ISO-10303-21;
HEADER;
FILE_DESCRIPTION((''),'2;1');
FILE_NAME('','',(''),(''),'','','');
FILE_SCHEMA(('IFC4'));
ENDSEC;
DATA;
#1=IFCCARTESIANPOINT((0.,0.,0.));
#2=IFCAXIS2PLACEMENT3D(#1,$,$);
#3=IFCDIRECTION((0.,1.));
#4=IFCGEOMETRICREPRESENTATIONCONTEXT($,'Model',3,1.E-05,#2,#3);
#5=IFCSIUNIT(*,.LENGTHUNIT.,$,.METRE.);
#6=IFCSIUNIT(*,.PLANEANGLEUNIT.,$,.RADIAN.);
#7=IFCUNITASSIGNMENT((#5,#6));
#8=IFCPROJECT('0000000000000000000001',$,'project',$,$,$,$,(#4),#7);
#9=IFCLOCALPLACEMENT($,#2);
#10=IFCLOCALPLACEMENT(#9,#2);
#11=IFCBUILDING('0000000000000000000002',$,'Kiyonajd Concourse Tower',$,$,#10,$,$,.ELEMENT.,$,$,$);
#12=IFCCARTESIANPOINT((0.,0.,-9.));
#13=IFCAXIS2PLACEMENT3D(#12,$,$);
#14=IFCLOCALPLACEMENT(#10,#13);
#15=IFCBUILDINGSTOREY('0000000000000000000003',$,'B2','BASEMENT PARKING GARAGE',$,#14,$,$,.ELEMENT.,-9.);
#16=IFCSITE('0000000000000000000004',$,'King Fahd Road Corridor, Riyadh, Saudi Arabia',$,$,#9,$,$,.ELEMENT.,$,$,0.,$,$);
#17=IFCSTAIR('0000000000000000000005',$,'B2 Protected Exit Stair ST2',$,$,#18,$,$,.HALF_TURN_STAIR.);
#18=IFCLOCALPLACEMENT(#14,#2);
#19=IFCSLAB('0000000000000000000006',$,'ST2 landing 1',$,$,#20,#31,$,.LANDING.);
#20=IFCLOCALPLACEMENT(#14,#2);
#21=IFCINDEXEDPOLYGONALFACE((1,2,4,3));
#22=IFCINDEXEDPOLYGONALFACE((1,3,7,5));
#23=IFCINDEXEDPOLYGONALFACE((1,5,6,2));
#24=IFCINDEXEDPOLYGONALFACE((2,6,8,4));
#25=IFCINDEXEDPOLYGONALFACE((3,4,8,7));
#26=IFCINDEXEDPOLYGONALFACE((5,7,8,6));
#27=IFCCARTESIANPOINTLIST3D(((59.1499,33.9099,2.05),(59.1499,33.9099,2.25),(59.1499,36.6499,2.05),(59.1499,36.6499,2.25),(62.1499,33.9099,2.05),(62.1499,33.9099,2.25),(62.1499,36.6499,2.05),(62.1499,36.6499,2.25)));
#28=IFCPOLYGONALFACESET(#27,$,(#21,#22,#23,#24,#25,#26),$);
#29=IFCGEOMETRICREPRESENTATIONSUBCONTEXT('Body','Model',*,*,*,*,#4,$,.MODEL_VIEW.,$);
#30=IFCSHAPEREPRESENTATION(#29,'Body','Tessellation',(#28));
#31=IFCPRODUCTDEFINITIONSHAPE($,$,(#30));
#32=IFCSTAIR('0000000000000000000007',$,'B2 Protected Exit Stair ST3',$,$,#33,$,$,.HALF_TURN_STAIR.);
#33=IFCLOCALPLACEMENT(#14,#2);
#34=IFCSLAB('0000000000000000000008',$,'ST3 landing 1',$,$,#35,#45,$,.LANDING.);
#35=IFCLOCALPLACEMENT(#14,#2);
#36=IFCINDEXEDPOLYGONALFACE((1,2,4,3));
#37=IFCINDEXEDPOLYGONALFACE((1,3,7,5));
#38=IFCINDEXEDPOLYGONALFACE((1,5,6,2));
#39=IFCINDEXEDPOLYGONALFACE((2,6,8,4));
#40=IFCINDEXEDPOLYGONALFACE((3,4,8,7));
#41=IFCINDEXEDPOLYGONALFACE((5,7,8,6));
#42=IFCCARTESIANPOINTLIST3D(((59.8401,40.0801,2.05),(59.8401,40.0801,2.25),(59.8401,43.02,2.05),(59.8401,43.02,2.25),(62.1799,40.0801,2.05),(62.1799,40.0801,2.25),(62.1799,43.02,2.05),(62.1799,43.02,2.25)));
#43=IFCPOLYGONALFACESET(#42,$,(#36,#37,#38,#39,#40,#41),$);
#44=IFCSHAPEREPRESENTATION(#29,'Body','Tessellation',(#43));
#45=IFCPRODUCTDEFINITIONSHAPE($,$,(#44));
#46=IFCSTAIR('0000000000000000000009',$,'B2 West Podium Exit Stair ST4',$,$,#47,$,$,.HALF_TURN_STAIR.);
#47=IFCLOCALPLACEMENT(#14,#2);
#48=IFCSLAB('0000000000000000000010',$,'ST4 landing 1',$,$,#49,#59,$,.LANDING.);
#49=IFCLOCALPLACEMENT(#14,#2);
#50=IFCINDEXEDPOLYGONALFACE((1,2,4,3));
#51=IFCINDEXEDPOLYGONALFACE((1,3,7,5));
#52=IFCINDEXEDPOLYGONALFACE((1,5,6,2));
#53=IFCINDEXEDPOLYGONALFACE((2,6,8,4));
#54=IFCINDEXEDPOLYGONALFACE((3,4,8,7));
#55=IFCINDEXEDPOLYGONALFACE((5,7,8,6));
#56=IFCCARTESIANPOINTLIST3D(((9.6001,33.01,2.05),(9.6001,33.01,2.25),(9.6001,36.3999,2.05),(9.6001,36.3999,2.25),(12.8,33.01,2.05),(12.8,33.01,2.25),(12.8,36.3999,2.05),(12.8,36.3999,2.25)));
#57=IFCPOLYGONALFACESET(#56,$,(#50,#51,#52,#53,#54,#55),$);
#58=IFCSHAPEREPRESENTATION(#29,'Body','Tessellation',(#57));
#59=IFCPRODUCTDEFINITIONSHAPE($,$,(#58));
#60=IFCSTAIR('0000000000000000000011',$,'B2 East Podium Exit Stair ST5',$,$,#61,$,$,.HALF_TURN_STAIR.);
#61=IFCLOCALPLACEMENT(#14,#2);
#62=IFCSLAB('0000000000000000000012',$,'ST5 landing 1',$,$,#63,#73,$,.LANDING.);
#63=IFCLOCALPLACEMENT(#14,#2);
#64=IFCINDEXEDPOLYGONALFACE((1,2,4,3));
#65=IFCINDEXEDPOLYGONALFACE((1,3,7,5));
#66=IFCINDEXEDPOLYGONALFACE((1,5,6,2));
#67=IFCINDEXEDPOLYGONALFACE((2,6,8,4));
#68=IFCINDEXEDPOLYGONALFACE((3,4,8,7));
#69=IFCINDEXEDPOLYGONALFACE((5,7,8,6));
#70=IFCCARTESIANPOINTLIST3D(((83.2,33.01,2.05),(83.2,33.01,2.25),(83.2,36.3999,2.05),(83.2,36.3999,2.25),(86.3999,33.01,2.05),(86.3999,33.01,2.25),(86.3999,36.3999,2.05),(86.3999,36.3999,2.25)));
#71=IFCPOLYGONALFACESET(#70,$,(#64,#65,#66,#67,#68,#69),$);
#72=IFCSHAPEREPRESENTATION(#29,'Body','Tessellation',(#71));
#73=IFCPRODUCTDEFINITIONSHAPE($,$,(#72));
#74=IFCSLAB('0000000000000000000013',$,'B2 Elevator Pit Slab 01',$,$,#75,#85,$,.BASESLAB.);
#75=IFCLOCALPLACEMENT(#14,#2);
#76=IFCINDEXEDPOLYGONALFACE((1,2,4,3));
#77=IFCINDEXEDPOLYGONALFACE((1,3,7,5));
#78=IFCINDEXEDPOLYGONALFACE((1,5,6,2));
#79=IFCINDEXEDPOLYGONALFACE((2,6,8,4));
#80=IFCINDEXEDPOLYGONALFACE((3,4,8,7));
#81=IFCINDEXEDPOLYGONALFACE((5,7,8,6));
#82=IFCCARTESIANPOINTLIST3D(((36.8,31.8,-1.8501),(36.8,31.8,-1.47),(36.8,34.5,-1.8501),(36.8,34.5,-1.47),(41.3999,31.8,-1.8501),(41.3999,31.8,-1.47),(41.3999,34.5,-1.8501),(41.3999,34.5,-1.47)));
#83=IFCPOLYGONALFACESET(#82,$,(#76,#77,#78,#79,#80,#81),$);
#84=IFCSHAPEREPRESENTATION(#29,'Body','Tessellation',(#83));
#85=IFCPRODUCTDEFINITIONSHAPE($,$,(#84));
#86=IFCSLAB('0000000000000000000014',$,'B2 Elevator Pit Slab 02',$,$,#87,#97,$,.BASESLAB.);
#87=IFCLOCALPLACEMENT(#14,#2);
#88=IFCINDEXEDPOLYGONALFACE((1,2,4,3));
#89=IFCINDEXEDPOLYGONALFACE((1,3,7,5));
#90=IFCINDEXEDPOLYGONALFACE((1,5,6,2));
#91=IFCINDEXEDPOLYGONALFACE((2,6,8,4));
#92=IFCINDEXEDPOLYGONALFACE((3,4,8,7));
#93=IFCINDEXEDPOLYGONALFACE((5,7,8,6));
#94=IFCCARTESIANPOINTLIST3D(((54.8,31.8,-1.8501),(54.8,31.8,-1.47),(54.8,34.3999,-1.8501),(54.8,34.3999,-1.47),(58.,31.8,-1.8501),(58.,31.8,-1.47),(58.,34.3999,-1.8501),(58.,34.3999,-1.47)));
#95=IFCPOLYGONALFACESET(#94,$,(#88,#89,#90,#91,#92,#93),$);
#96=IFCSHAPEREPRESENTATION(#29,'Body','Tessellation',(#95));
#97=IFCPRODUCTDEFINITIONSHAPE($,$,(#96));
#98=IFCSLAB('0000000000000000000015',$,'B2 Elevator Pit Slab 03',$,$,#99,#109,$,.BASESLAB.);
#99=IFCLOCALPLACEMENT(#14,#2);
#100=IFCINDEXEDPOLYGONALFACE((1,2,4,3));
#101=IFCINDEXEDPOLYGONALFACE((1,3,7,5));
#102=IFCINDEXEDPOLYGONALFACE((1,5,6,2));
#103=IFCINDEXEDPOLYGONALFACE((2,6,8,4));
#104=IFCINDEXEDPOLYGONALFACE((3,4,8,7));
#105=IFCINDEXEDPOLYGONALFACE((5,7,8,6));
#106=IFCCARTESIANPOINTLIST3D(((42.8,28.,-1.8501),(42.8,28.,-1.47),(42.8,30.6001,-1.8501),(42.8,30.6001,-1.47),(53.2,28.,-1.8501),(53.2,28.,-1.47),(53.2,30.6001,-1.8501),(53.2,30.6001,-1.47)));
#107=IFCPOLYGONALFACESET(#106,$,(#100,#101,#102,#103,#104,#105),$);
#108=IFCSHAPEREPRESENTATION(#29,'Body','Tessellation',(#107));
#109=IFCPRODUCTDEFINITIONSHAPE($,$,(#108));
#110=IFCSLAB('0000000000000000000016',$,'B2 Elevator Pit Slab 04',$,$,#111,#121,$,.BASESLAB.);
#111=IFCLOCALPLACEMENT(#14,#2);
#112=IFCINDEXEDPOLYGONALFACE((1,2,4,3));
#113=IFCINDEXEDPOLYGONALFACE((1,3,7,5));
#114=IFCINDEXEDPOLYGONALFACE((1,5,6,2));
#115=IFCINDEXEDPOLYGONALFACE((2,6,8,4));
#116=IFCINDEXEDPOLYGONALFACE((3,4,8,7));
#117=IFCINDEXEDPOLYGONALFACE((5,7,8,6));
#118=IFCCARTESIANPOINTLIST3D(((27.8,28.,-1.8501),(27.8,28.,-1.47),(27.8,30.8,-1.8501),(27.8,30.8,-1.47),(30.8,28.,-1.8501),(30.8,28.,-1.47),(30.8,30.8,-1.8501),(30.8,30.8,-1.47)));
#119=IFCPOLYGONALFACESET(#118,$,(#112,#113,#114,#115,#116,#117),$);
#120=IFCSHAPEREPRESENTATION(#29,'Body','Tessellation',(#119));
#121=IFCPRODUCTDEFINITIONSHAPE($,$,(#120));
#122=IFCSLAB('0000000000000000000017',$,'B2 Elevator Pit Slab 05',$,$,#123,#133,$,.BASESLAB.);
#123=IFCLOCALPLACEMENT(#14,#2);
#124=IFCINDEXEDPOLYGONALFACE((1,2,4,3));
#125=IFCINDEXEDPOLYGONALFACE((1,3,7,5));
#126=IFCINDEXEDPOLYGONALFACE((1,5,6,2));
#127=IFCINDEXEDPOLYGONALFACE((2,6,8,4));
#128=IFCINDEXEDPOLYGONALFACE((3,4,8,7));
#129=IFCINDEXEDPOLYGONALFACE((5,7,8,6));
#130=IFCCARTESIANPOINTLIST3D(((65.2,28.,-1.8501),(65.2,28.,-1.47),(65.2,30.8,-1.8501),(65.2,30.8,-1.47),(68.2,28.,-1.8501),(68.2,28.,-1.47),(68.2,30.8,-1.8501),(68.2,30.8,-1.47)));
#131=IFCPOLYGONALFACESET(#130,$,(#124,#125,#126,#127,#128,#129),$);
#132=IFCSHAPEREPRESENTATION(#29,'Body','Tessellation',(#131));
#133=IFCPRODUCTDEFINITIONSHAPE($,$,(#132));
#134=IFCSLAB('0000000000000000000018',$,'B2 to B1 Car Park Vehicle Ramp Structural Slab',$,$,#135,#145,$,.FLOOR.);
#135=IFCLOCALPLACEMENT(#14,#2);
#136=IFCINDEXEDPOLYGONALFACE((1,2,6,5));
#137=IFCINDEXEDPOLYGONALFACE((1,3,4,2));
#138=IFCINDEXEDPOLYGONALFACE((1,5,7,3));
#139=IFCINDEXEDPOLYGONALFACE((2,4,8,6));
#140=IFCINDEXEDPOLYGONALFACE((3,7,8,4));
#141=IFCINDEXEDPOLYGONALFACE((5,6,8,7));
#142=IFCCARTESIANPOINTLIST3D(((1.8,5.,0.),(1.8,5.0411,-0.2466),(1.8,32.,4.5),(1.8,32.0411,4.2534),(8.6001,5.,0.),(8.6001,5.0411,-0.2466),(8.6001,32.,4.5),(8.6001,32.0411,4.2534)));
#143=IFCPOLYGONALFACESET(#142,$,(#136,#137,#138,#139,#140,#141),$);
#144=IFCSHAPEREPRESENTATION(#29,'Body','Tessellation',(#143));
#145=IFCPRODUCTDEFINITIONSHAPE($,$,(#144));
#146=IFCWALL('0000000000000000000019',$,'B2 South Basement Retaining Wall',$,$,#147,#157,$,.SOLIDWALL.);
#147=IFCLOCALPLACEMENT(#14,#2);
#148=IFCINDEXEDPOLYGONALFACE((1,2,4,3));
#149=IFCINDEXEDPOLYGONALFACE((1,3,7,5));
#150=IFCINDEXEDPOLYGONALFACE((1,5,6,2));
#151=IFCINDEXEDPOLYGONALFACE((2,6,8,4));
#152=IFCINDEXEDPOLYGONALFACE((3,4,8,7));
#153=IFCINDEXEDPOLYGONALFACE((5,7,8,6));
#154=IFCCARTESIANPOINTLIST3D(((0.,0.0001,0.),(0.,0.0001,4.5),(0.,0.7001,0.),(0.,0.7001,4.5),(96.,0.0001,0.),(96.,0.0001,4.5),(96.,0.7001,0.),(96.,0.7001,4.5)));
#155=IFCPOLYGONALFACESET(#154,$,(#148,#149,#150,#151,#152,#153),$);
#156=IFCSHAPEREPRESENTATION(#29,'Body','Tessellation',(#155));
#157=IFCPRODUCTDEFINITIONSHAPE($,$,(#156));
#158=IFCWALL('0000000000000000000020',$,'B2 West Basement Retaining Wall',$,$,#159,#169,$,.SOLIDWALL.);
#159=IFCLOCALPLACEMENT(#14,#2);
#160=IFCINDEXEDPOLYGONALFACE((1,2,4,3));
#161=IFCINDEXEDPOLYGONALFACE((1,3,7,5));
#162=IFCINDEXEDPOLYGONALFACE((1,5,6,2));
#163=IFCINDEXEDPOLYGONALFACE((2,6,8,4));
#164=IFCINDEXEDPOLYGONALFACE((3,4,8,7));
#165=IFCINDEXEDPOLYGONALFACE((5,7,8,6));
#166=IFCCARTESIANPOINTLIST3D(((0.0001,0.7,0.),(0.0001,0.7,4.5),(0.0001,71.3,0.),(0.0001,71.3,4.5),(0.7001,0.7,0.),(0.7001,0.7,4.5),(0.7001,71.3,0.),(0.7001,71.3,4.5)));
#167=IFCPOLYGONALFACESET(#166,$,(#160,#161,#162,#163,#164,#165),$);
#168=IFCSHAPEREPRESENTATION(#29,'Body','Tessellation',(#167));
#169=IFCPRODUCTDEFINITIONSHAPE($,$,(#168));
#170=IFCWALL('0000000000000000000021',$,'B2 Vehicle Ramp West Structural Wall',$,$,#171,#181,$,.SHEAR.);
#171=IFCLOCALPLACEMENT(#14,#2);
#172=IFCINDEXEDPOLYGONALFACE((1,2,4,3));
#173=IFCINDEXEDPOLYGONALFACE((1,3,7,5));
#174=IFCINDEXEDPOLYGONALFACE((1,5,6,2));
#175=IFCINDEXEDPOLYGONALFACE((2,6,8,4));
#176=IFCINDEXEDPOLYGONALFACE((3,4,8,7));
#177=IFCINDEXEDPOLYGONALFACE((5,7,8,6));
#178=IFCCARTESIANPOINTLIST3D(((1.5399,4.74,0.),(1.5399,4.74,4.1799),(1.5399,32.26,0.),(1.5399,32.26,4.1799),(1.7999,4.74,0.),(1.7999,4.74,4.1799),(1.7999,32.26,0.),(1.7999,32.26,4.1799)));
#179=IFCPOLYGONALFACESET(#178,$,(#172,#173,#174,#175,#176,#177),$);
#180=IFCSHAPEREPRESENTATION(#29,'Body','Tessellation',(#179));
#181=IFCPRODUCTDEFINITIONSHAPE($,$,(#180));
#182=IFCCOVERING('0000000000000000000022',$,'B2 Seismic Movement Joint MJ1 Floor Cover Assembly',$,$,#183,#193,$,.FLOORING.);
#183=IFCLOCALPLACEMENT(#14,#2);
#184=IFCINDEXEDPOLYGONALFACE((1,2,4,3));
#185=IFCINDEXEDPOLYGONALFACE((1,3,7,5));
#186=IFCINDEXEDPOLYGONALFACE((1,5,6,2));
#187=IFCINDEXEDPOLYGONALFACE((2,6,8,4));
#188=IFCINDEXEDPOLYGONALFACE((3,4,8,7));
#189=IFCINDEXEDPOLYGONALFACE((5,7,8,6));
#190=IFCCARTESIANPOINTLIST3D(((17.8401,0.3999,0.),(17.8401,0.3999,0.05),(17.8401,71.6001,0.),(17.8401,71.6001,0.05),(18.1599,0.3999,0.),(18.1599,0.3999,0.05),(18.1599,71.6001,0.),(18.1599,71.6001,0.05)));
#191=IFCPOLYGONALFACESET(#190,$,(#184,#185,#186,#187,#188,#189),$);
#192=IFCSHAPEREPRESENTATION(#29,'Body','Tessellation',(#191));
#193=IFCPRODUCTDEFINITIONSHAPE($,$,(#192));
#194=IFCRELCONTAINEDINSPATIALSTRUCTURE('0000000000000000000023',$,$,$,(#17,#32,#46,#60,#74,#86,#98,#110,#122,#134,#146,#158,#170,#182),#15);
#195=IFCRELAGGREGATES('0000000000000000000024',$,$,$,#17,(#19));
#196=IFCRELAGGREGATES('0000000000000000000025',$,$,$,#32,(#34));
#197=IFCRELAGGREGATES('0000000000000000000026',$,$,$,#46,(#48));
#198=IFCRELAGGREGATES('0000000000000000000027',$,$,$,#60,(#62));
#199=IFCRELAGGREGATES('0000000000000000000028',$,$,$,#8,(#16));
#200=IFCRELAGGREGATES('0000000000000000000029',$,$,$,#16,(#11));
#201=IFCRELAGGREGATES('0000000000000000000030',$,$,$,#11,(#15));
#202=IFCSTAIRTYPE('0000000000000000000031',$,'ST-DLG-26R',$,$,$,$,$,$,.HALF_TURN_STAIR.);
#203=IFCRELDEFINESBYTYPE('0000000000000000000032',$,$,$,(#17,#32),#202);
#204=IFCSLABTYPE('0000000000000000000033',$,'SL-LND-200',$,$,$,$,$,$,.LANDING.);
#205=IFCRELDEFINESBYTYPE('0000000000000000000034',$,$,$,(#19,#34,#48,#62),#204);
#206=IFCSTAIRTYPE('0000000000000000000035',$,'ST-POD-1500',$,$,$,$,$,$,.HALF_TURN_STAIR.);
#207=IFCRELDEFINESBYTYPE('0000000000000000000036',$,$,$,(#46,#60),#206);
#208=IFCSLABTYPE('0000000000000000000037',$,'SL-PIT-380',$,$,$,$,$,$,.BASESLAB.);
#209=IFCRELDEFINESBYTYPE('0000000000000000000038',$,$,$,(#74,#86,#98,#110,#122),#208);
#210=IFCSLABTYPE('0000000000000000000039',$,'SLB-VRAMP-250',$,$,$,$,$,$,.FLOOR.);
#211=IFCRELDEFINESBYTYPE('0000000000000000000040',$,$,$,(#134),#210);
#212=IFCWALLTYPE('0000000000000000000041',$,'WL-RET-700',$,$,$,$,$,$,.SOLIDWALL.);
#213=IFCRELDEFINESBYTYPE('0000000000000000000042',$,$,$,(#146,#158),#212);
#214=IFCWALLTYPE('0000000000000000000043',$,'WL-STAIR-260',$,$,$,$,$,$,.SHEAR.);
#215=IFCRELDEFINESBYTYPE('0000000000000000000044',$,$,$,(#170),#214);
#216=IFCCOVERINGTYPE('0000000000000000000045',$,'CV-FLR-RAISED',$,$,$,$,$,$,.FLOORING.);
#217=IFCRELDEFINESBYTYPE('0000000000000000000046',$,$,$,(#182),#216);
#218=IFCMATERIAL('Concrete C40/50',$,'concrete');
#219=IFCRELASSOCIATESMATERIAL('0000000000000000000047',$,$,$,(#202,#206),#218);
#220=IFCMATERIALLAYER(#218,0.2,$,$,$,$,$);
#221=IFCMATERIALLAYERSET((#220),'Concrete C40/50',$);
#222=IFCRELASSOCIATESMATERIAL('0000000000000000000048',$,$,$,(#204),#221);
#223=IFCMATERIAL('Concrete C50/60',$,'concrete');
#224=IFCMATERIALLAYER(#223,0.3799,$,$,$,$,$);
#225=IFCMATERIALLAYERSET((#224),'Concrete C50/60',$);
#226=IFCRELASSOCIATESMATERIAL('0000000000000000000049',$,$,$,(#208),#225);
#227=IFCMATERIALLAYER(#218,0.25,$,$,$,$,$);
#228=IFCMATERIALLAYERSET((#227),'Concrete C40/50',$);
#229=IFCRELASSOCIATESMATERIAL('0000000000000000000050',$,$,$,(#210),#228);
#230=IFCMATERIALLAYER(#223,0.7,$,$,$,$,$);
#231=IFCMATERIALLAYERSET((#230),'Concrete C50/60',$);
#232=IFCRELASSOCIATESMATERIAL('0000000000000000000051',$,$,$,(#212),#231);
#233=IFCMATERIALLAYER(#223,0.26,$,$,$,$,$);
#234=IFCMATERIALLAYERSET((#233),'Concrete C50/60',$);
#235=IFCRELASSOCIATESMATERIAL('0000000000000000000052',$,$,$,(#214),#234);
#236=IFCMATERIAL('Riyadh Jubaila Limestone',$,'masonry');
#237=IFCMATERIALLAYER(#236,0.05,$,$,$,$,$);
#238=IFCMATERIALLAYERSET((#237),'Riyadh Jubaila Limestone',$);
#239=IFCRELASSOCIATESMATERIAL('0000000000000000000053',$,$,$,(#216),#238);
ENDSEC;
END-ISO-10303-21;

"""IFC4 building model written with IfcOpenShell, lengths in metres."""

from ifc_helpers import new_model, si_unit, direction, frame, frame_2d, origin, place, context, subcontext, project, spatial, polyline, rectangle, outline, extrude, material, layer, layer_set, type_object, element, aggregate, save


model = new_model("IFC4")

# Units and contexts
model_context = context("Model", 3, precision=1e-05, world=origin(), true_north=direction((0.0, 1.0)))
body_context = subcontext(model_context, "Body", "Model", "MODEL_VIEW")
ifc_project = project(units=[si_unit("LENGTHUNIT", "METRE"), si_unit("PLANEANGLEUNIT", "RADIAN")], contexts=[model_context])

# Site, building, storey
site_placement = place(None, origin())
site = spatial("IfcSite", under=ifc_project, at=site_placement, Name="King Fahd Road Corridor, Riyadh, Saudi Arabia", CompositionType="ELEMENT", RefElevation=0.0)
building_placement = place(site_placement, origin())
building = spatial("IfcBuilding", under=site, at=building_placement, Name="Kiyonajd Concourse Tower", CompositionType="ELEMENT")
storey_placement = place(building_placement, frame((0.0, 0.0, -9.0)))
storey = spatial("IfcBuildingStorey", under=building, at=storey_placement, Name="B2", Description="BASEMENT PARKING GARAGE", CompositionType="ELEMENT", Elevation=-9.0)

# Shared definitions
ifc_material_1 = material(Name="Concrete C50/60", Category="concrete")

# Stairs, slabs
ifc_material_2 = material(Name="Concrete C40/50", Category="concrete")
stair_type_1 = type_object("IfcStairType", Name="ST-DLG-26R", PredefinedType="HALF_TURN_STAIR", material=ifc_material_2)
ifc_layer_1 = layer(ifc_material_2, 0.2)
ifc_layer_set_1 = layer_set([ifc_layer_1], Name="Concrete C40/50")
slab_type_1 = type_object("IfcSlabType", Name="SL-LND-200", PredefinedType="LANDING", material=ifc_layer_set_1)
stair_1_placement = place(storey_placement, origin())
stair_1 = element("IfcStair", 1, at=stair_1_placement, inside=storey, type_object=stair_type_1, Name="B2 Protected Exit Stair ST2", PredefinedType="HALF_TURN_STAIR")
slab_1_placement = place(storey_placement, frame((0.0, 0.0, 2.05)))
slab_1 = element("IfcSlab", 2, at=slab_1_placement, type_object=slab_type_1, Name="ST2 landing 1", PredefinedType="LANDING", context=body_context, shape_type="SweptSolid", body=[
    extrude(outline(polyline([(62.1499, 33.9099), (62.1499, 36.6499), (59.1499, 36.6499), (59.1499, 33.9099), (62.1499, 33.9099)])), origin(), (0.0, 0.0, 1.0), 0.2),
])
aggregate(stair_1, [slab_1])
stair_2_placement = place(storey_placement, origin())
stair_2 = element("IfcStair", 3, at=stair_2_placement, inside=storey, type_object=stair_type_1, Name="B2 Protected Exit Stair ST3", PredefinedType="HALF_TURN_STAIR")
slab_2_placement = place(storey_placement, frame((0.0, 0.0, 2.05)))
slab_2 = element("IfcSlab", 4, at=slab_2_placement, type_object=slab_type_1, Name="ST3 landing 1", PredefinedType="LANDING", context=body_context, shape_type="SweptSolid", body=[
    extrude(outline(polyline([(59.8401, 40.0801), (62.1799, 40.0801), (62.1799, 43.02), (59.8401, 43.02), (59.8401, 40.0801)])), origin(), (0.0, 0.0, 1.0), 0.2),
])
aggregate(stair_2, [slab_2])
stair_type_2 = type_object("IfcStairType", Name="ST-POD-1500", PredefinedType="HALF_TURN_STAIR", material=ifc_material_2)
stair_3_placement = place(storey_placement, origin())
stair_3 = element("IfcStair", 5, at=stair_3_placement, inside=storey, type_object=stair_type_2, Name="B2 West Podium Exit Stair ST4", PredefinedType="HALF_TURN_STAIR")
slab_3_placement = place(storey_placement, frame((0.0, 0.0, 2.05)))
slab_3 = element("IfcSlab", 6, at=slab_3_placement, type_object=slab_type_1, Name="ST4 landing 1", PredefinedType="LANDING", context=body_context, shape_type="SweptSolid", body=[
    extrude(outline(polyline([(12.8, 33.01), (12.8, 36.3999), (9.6001, 36.3999), (9.6001, 33.01), (12.8, 33.01)])), origin(), (0.0, 0.0, 1.0), 0.2),
])
aggregate(stair_3, [slab_3])
stair_4_placement = place(storey_placement, origin())
stair_4 = element("IfcStair", 7, at=stair_4_placement, inside=storey, type_object=stair_type_2, Name="B2 East Podium Exit Stair ST5", PredefinedType="HALF_TURN_STAIR")
slab_4_placement = place(storey_placement, frame((0.0, 0.0, 2.05)))
slab_4 = element("IfcSlab", 8, at=slab_4_placement, type_object=slab_type_1, Name="ST5 landing 1", PredefinedType="LANDING", context=body_context, shape_type="SweptSolid", body=[
    extrude(outline(polyline([(86.3999, 33.01), (86.3999, 36.3999), (83.2, 36.3999), (83.2, 33.01), (86.3999, 33.01)])), origin(), (0.0, 0.0, 1.0), 0.2),
])
aggregate(stair_4, [slab_4])

# Slabs
ifc_layer_2 = layer(ifc_material_1, 0.3799)
ifc_layer_set_2 = layer_set([ifc_layer_2], Name="Concrete C50/60")
slab_type_2 = type_object("IfcSlabType", Name="SL-PIT-380", PredefinedType="BASESLAB", material=ifc_layer_set_2)
slab_5_placement = place(storey_placement, frame((0.0, 0.0, -1.8501)))
element("IfcSlab", 9, at=slab_5_placement, inside=storey, type_object=slab_type_2, Name="B2 Elevator Pit Slab 01", PredefinedType="BASESLAB", context=body_context, shape_type="SweptSolid", body=[
    extrude(outline(polyline([(36.8, 31.8), (41.3999, 31.8), (41.3999, 34.5), (36.8, 34.5), (36.8, 31.8)])), origin(), (0.0, 0.0, 1.0), 0.3801),
])
slab_6_placement = place(storey_placement, frame((0.0, 0.0, -1.8501)))
element("IfcSlab", 10, at=slab_6_placement, inside=storey, type_object=slab_type_2, Name="B2 Elevator Pit Slab 02", PredefinedType="BASESLAB", context=body_context, shape_type="SweptSolid", body=[
    extrude(outline(polyline([(54.8, 31.8), (58.0, 31.8), (58.0, 34.3999), (54.8, 34.3999), (54.8, 31.8)])), origin(), (0.0, 0.0, 1.0), 0.3801),
])
slab_7_placement = place(storey_placement, frame((0.0, 0.0, -1.8501)))
element("IfcSlab", 11, at=slab_7_placement, inside=storey, type_object=slab_type_2, Name="B2 Elevator Pit Slab 03", PredefinedType="BASESLAB", context=body_context, shape_type="SweptSolid", body=[
    extrude(outline(polyline([(42.8, 28.0), (53.2, 28.0), (53.2, 30.6001), (42.8, 30.6001), (42.8, 28.0)])), origin(), (0.0, 0.0, 1.0), 0.3801),
])
slab_8_placement = place(storey_placement, frame((0.0, 0.0, -1.8501)))
element("IfcSlab", 12, at=slab_8_placement, inside=storey, type_object=slab_type_2, Name="B2 Elevator Pit Slab 04", PredefinedType="BASESLAB", context=body_context, shape_type="SweptSolid", body=[
    extrude(outline(polyline([(27.8, 28.0), (30.8, 28.0), (30.8, 30.8), (27.8, 30.8), (27.8, 28.0)])), origin(), (0.0, 0.0, 1.0), 0.3801),
])
slab_9_placement = place(storey_placement, frame((0.0, 0.0, -1.8501)))
element("IfcSlab", 13, at=slab_9_placement, inside=storey, type_object=slab_type_2, Name="B2 Elevator Pit Slab 05", PredefinedType="BASESLAB", context=body_context, shape_type="SweptSolid", body=[
    extrude(outline(polyline([(65.2, 28.0), (68.2, 28.0), (68.2, 30.8), (65.2, 30.8), (65.2, 28.0)])), origin(), (0.0, 0.0, 1.0), 0.3801),
])
ifc_layer_3 = layer(ifc_material_2, 0.25)
ifc_layer_set_3 = layer_set([ifc_layer_3], Name="Concrete C40/50")
slab_type_3 = type_object("IfcSlabType", Name="SLB-VRAMP-250", PredefinedType="FLOOR", material=ifc_layer_set_3)
slab_10_placement = place(storey_placement, frame((1.8, 5.0, 0.0), z_axis=(0.0, -0.164399, 0.986394), x_axis=(1.0, 0.0, 0.0)))
element("IfcSlab", 14, at=slab_10_placement, inside=storey, type_object=slab_type_3, Name="B2 to B1 Car Park Vehicle Ramp Structural Slab", PredefinedType="FLOOR", context=body_context, shape_type="SweptSolid", body=[
    extrude(outline(polyline([(0.0, 0.0), (6.8, 0.0), (6.8, 27.3724), (0.0, 27.3724), (0.0, 0.0)])), origin(), (0.0, 0.0, -1.0), 0.25),
])

# Walls
ifc_layer_4 = layer(ifc_material_1, 0.7)
ifc_layer_set_4 = layer_set([ifc_layer_4], Name="Concrete C50/60")
wall_type_1 = type_object("IfcWallType", Name="WL-RET-700", PredefinedType="SOLIDWALL", material=ifc_layer_set_4)
wall_1_placement = place(storey_placement, frame((0.0, 0.3501, 0.0), z_axis=(0.0, 0.0, 1.0), x_axis=(1.0, 0.0, 0.0)))
element("IfcWall", 15, at=wall_1_placement, inside=storey, type_object=wall_type_1, Name="B2 South Basement Retaining Wall", PredefinedType="SOLIDWALL", context=body_context, shape_type="SweptSolid", body=[
    extrude(rectangle(XDim=96.0, YDim=0.7, at=frame_2d((48.0, 0.0))), origin(), (0.0, 0.0, 1.0), 4.5),
])
wall_2_placement = place(storey_placement, frame((0.3501, 0.7, 0.0), z_axis=(0.0, 0.0, 1.0), x_axis=(0.0, 1.0, 0.0)))
element("IfcWall", 16, at=wall_2_placement, inside=storey, type_object=wall_type_1, Name="B2 West Basement Retaining Wall", PredefinedType="SOLIDWALL", context=body_context, shape_type="SweptSolid", body=[
    extrude(rectangle(XDim=70.6001, YDim=0.7, at=frame_2d((35.3, 0.0))), origin(), (0.0, 0.0, 1.0), 4.5),
])
ifc_layer_5 = layer(ifc_material_1, 0.26)
ifc_layer_set_5 = layer_set([ifc_layer_5], Name="Concrete C50/60")
wall_type_2 = type_object("IfcWallType", Name="WL-STAIR-260", PredefinedType="SHEAR", material=ifc_layer_set_5)
wall_3_placement = place(storey_placement, frame((1.6699, 4.74, 0.0), z_axis=(0.0, 0.0, 1.0), x_axis=(0.0, 1.0, 0.0)))
element("IfcWall", 17, at=wall_3_placement, inside=storey, type_object=wall_type_2, Name="B2 Vehicle Ramp West Structural Wall", PredefinedType="SHEAR", context=body_context, shape_type="SweptSolid", body=[
    extrude(rectangle(XDim=27.52, YDim=0.26, at=frame_2d((13.76, 0.0))), origin(), (0.0, 0.0, 1.0), 4.1799),
])

# Covering
ifc_material_3 = material(Name="Riyadh Jubaila Limestone", Category="masonry")
ifc_layer_6 = layer(ifc_material_3, 0.05)
ifc_layer_set_6 = layer_set([ifc_layer_6], Name="Riyadh Jubaila Limestone")
covering_type = type_object("IfcCoveringType", Name="CV-FLR-RAISED", PredefinedType="FLOORING", material=ifc_layer_set_6)
covering_1_placement = place(storey_placement, origin())
element("IfcCovering", 18, at=covering_1_placement, inside=storey, type_object=covering_type, Name="B2 Seismic Movement Joint MJ1 Floor Cover Assembly", PredefinedType="FLOORING", context=body_context, shape_type="SweptSolid", body=[
    extrude(outline(polyline([(17.8401, 0.3999), (18.1599, 0.3999), (18.1599, 71.6001), (17.8401, 71.6001), (17.8401, 0.3999)])), origin(), (0.0, 0.0, 1.0), 0.05),
])

save(model, "model.ifc")
